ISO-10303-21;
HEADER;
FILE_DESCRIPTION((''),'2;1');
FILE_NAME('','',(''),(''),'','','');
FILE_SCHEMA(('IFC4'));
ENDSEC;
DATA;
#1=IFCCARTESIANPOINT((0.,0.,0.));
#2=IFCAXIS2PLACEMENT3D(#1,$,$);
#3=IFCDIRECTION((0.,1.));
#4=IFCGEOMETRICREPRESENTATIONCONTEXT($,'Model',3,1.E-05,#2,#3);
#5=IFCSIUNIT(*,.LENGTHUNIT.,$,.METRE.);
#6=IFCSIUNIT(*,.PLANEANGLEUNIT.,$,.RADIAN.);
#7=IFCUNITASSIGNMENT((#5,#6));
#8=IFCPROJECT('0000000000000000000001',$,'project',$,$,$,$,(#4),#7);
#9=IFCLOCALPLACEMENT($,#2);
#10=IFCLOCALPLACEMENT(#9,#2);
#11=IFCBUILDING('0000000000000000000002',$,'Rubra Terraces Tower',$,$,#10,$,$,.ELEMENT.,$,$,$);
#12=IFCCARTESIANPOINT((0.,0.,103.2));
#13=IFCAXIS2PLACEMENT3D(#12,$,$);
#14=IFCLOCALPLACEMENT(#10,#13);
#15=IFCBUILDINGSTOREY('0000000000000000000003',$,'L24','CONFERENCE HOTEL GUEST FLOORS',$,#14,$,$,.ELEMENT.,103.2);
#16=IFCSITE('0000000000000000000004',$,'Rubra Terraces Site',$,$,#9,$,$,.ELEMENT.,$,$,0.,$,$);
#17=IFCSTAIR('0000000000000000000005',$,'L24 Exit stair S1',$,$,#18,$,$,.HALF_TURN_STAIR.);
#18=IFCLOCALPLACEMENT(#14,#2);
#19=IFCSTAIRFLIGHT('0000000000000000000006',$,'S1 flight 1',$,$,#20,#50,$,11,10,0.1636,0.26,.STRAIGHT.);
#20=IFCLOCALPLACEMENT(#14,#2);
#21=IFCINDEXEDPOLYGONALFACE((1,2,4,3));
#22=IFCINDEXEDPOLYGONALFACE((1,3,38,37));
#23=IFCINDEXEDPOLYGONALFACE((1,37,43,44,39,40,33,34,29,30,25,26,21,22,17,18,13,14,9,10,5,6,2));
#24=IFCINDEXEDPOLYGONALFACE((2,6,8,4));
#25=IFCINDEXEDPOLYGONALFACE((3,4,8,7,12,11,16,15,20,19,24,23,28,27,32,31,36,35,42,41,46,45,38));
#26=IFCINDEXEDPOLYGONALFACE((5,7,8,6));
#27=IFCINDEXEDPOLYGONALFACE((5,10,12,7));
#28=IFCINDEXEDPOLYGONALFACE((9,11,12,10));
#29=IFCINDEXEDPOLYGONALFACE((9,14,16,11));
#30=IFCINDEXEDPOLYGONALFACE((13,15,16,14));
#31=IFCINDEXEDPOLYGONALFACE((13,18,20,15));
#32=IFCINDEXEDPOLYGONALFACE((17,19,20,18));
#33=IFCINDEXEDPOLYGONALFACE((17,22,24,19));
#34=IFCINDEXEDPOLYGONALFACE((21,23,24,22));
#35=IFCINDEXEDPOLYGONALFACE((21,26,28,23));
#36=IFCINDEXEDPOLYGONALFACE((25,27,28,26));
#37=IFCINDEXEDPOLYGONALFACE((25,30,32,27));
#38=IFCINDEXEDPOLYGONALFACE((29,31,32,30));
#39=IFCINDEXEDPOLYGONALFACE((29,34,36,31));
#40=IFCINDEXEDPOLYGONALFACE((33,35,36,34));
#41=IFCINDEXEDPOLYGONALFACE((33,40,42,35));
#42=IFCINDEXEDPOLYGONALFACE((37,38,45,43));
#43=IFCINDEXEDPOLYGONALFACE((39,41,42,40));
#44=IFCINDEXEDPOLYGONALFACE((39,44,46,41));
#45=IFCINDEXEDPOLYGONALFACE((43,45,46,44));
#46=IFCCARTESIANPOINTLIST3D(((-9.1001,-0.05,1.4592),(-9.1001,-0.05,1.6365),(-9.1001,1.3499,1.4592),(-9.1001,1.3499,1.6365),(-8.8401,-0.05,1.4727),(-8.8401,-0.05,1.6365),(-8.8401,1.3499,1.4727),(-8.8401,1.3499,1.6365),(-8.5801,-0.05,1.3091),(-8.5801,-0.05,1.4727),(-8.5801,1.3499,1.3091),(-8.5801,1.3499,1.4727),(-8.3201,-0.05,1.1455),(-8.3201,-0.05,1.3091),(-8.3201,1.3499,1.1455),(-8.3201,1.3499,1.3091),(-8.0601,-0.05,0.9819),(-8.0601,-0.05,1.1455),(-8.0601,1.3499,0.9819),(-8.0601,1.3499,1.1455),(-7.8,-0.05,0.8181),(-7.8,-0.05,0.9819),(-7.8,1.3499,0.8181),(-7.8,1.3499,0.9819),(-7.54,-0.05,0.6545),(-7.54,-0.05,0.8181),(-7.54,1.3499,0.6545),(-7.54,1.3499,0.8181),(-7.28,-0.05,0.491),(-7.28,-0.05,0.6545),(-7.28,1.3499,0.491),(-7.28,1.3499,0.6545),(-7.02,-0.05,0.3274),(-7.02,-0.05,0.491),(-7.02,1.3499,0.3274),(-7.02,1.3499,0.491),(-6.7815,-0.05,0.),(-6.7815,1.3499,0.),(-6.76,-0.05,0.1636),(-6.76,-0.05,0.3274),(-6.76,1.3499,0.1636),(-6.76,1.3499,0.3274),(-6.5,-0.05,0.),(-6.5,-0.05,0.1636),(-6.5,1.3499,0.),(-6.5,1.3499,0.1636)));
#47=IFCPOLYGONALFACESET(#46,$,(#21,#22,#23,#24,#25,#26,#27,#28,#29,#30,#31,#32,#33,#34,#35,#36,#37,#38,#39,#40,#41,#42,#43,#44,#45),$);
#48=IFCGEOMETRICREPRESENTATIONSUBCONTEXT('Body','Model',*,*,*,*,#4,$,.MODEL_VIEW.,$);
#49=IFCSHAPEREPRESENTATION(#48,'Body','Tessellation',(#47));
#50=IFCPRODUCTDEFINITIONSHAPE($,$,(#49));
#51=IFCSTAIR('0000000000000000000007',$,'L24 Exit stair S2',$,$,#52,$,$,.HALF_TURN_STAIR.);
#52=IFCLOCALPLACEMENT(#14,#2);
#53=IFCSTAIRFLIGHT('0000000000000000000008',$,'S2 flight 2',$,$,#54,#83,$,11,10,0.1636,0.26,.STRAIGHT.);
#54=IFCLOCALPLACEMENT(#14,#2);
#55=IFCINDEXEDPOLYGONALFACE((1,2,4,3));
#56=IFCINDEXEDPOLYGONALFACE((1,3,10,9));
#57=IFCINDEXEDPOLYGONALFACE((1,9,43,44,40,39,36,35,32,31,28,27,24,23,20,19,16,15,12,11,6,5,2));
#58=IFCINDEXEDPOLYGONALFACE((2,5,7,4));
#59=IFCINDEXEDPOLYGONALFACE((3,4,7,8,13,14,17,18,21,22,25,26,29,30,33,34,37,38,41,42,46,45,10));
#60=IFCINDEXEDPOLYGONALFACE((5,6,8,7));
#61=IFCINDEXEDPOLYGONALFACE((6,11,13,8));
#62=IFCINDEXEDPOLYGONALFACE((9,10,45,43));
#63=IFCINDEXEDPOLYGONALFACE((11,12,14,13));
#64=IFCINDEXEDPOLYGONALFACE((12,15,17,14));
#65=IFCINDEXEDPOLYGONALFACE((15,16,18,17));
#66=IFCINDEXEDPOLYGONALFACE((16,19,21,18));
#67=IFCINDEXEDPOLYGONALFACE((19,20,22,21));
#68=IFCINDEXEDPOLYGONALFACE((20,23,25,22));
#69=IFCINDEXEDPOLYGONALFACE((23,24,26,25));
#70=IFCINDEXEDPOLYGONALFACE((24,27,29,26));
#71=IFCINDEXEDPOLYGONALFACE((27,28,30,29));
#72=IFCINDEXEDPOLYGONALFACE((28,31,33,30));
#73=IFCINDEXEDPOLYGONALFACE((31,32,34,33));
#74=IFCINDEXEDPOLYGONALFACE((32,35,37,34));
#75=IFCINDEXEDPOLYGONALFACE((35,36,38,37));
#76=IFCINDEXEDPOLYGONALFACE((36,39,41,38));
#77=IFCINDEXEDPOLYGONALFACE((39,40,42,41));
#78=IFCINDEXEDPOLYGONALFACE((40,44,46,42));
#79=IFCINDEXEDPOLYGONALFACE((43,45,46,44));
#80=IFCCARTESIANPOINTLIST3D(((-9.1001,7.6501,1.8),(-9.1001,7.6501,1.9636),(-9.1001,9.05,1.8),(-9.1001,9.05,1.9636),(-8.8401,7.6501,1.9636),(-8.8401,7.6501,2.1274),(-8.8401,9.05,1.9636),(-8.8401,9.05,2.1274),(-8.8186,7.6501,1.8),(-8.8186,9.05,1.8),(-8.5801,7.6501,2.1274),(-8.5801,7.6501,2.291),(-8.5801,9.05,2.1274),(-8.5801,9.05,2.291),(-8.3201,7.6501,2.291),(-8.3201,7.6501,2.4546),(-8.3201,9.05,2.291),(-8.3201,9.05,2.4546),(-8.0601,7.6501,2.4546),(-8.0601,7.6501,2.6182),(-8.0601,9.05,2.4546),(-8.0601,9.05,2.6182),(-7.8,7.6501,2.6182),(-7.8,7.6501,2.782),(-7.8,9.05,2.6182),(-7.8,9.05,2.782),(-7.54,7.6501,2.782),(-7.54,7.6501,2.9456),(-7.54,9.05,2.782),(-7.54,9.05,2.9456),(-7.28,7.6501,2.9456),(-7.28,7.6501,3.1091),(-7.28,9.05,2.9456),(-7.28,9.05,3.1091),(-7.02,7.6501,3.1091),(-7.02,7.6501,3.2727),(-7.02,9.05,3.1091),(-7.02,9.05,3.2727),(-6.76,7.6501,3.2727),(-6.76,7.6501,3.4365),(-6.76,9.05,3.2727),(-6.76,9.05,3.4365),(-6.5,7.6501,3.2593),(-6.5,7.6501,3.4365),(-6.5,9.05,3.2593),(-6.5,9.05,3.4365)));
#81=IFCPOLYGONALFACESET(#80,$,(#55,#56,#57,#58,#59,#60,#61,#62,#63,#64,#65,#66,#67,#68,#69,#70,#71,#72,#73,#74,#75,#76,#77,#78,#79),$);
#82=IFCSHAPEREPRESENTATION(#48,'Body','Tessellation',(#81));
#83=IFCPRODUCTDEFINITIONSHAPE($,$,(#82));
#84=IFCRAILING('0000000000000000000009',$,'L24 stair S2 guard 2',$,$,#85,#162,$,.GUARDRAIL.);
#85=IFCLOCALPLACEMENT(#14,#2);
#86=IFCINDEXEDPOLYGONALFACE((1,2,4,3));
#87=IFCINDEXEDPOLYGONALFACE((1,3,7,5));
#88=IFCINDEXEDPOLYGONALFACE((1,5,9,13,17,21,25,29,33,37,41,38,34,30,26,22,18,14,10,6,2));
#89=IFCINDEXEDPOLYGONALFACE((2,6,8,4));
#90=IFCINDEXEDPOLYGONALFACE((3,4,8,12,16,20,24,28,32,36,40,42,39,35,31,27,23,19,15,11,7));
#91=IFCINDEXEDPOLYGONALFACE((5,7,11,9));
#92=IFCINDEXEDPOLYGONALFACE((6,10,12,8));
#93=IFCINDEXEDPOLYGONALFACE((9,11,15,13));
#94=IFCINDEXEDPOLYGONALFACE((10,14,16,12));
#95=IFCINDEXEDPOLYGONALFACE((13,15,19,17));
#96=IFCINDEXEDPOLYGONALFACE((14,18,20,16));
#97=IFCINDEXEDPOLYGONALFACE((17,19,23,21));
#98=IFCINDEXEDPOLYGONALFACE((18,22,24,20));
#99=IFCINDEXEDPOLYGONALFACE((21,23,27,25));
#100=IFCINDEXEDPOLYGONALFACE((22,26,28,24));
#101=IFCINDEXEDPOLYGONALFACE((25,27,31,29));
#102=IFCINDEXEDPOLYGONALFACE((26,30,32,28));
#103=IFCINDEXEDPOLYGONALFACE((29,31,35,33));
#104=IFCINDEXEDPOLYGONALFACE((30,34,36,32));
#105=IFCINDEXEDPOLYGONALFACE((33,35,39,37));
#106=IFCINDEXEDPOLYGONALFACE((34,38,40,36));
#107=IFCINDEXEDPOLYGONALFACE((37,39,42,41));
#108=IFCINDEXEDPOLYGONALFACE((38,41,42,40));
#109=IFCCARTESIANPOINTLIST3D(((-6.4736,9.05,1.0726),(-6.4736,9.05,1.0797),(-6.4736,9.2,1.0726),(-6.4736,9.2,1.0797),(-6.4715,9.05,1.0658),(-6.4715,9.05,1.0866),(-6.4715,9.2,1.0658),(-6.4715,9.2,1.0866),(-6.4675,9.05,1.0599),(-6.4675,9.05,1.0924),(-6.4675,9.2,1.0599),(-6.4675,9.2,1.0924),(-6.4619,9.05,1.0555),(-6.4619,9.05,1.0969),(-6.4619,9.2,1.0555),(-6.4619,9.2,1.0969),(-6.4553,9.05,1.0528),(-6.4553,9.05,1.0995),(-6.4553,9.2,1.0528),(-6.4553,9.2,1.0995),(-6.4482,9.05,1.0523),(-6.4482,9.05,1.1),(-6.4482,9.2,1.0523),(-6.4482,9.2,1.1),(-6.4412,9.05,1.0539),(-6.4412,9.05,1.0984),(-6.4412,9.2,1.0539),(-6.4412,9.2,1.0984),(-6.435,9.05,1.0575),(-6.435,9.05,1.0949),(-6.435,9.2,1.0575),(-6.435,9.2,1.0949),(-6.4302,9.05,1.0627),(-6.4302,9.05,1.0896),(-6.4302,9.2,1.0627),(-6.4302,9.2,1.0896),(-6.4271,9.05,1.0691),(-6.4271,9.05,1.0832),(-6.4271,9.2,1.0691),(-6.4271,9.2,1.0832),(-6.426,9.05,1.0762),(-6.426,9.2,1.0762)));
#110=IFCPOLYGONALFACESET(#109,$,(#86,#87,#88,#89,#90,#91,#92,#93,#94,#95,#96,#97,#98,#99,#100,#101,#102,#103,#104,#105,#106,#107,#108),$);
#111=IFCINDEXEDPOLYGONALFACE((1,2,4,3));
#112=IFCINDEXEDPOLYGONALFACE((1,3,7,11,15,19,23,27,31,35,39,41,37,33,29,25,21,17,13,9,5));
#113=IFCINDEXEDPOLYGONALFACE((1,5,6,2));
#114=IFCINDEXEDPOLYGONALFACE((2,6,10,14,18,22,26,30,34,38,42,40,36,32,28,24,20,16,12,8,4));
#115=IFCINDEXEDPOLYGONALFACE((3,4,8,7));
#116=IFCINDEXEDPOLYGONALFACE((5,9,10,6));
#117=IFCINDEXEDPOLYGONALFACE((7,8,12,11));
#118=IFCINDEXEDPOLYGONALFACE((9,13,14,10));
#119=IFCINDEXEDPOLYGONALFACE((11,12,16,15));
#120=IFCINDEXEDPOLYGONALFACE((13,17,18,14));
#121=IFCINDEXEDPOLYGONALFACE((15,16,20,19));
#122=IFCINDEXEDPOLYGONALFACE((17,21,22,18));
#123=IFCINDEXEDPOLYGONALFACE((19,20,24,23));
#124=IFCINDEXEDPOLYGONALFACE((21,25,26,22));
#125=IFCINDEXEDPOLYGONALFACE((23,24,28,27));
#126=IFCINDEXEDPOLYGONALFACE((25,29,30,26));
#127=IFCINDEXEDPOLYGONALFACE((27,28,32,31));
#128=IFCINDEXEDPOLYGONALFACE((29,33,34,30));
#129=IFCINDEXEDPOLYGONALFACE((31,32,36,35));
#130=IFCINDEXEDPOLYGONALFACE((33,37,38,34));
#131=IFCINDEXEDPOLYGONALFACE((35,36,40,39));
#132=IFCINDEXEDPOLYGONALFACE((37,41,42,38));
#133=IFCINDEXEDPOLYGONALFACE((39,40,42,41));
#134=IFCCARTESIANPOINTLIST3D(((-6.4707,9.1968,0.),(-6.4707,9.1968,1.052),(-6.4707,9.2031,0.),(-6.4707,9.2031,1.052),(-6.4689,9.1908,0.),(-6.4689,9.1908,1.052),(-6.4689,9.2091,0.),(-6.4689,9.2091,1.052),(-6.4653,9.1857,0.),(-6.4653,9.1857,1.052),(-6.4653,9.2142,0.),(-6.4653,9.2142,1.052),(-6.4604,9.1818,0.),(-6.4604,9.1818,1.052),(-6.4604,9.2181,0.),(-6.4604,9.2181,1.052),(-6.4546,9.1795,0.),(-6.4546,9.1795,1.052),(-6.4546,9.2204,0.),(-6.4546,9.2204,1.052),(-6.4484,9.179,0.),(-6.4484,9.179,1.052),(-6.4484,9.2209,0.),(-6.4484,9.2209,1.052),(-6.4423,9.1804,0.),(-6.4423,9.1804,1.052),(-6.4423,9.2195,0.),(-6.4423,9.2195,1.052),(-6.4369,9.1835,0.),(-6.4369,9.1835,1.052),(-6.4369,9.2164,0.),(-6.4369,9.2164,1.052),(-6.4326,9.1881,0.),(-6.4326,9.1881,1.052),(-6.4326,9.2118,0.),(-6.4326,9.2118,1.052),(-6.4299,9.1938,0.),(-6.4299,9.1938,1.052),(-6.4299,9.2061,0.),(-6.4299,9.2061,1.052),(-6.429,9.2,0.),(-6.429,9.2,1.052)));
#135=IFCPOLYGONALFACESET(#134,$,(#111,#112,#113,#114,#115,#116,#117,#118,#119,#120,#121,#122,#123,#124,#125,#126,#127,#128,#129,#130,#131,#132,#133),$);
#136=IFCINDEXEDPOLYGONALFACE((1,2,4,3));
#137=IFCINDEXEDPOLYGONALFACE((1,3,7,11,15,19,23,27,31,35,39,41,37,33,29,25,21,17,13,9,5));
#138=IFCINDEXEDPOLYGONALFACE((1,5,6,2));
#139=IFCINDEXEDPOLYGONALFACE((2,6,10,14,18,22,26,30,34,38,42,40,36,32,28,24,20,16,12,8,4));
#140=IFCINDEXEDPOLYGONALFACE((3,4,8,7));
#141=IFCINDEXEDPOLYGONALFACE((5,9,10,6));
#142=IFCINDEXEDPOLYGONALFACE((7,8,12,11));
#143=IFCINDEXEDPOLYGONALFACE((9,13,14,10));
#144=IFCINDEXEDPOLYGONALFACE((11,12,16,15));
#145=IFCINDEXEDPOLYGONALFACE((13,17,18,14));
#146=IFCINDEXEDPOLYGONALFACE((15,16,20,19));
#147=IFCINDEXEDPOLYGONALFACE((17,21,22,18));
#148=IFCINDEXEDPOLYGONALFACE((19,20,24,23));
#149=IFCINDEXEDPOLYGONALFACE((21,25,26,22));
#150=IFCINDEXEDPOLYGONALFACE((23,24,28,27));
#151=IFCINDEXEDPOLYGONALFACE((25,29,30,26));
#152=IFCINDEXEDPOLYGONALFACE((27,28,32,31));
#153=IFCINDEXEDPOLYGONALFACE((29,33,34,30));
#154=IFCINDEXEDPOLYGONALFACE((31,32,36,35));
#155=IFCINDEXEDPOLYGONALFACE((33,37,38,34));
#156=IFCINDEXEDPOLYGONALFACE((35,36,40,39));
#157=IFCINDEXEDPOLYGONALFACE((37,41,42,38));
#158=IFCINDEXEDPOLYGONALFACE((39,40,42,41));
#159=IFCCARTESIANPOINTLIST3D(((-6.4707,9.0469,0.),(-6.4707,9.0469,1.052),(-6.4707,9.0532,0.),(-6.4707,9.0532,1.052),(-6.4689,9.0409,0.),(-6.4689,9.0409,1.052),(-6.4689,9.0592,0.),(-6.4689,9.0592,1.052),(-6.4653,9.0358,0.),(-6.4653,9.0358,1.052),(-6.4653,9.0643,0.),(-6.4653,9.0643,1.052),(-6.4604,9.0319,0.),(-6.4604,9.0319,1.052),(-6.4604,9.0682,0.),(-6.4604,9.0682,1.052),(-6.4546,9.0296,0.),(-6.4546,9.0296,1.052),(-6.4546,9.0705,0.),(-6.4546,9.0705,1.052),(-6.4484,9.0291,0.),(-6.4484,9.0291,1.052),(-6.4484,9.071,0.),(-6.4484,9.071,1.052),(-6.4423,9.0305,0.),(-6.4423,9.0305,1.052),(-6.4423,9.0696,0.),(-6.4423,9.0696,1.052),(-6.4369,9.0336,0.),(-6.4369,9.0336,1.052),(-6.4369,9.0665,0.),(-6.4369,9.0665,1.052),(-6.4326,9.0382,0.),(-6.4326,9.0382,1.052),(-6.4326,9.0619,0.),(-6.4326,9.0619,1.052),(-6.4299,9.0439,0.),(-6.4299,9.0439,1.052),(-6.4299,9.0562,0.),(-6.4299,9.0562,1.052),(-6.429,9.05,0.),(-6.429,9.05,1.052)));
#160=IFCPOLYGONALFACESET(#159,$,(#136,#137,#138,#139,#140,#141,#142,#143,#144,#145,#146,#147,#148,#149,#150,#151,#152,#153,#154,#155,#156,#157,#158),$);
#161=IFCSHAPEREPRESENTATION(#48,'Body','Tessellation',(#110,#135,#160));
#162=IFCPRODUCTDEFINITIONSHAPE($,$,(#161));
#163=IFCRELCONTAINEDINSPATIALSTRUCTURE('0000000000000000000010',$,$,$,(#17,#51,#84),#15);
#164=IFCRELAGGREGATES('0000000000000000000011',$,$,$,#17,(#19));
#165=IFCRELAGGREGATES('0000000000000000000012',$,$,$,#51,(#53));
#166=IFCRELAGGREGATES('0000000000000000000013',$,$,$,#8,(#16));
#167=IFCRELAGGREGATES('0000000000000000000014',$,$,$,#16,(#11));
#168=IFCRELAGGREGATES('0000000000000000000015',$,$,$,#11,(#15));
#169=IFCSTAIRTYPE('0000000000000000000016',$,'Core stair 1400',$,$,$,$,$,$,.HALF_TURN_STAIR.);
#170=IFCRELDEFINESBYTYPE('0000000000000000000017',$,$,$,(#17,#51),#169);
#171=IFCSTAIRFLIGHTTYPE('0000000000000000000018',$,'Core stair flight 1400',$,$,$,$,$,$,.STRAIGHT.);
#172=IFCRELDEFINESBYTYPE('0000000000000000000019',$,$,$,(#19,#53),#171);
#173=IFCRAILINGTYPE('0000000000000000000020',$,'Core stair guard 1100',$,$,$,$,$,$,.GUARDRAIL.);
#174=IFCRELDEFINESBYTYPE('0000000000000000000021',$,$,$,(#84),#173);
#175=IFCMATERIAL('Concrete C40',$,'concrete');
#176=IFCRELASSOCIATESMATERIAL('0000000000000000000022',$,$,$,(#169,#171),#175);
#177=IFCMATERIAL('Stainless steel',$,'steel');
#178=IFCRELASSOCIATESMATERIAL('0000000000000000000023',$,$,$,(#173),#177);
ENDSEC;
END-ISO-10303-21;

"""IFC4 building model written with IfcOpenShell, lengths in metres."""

from ifc_helpers import new_model, si_unit, direction, frame, origin, origin_2d, place, context, subcontext, project, spatial, polyline, circle, outline, extrude, material, type_object, element, aggregate, save


model = new_model("IFC4")

# Units and contexts
model_context = context("Model", 3, precision=1e-05, world=origin(), true_north=direction((0.0, 1.0)))
body_context = subcontext(model_context, "Body", "Model", "MODEL_VIEW")
ifc_project = project(units=[si_unit("LENGTHUNIT", "METRE"), si_unit("PLANEANGLEUNIT", "RADIAN")], contexts=[model_context])

# Site, building, storey
site_placement = place(None, origin())
site = spatial("IfcSite", under=ifc_project, at=site_placement, Name="Rubra Terraces Site", CompositionType="ELEMENT", RefElevation=0.0)
building_placement = place(site_placement, origin())
building = spatial("IfcBuilding", under=site, at=building_placement, Name="Rubra Terraces Tower", CompositionType="ELEMENT")
storey_placement = place(building_placement, frame((0.0, 0.0, 103.2)))
storey = spatial("IfcBuildingStorey", under=building, at=storey_placement, Name="L24", Description="CONFERENCE HOTEL GUEST FLOORS", CompositionType="ELEMENT", Elevation=103.2)

# Shared definitions
ifc_material_1 = material(Name="Concrete C40", Category="concrete")

# Shared definitions
ifc_material_2 = material(Name="Stainless steel", Category="steel")

# Stairs, stair flights
stair_type = type_object("IfcStairType", Name="Core stair 1400", PredefinedType="HALF_TURN_STAIR", material=ifc_material_1)
stair_1_placement = place(storey_placement, origin())
stair_1 = element("IfcStair", 1, at=stair_1_placement, inside=storey, type_object=stair_type, Name="L24 Exit stair S1", PredefinedType="HALF_TURN_STAIR")
stair_flight_type = type_object("IfcStairFlightType", Name="Core stair flight 1400", PredefinedType="STRAIGHT", material=ifc_material_1)
stair_flight_1_placement = place(storey_placement, frame((-6.5, 0.6499, 0.0), z_axis=(0.0, 0.0, 1.0), x_axis=(-1.0, 0.0, 0.0)))
stair_flight_1 = element("IfcStairFlight", 2, at=stair_flight_1_placement, type_object=stair_flight_type, Name="S1 flight 1", NumberOfRisers=11, NumberOfTreads=10, PredefinedType="STRAIGHT", RiserHeight=0.1636, TreadLength=0.26, context=body_context, shape_type="SweptSolid", body=[
    extrude(outline(polyline([(0.0, 0.0), (0.0, 0.1636), (0.26, 0.1636), (0.26, 0.3274), (0.52, 0.3274), (0.52, 0.491), (0.78, 0.491), (0.78, 0.6545), (1.04, 0.6545), (1.04, 0.8181), (1.3, 0.8181), (1.3, 0.9819), (1.5601, 0.9819), (1.5601, 1.1455), (1.8201, 1.1455), (1.8201, 1.3091), (2.0801, 1.3091), (2.0801, 1.4727), (2.3401, 1.4727), (2.3401, 1.6365), (2.6001, 1.6365), (2.6001, 1.8), (2.6001, 1.4592), (0.2815, 0.0), (0.0, 0.0)])), frame((0.0, 0.7, 0.0), z_axis=(0.0, -1.0, 0.0), x_axis=(1.0, 0.0, 0.0)), (0.0, 0.0, 1.0), 1.3999),
])
aggregate(stair_1, [stair_flight_1])
stair_2_placement = place(storey_placement, origin())
stair_2 = element("IfcStair", 3, at=stair_2_placement, inside=storey, type_object=stair_type, Name="L24 Exit stair S2", PredefinedType="HALF_TURN_STAIR")
stair_flight_2_placement = place(storey_placement, frame((-9.1001, 8.3501, 1.8), z_axis=(0.0, 0.0, 1.0), x_axis=(1.0, 0.0, 0.0)))
stair_flight_2 = element("IfcStairFlight", 4, at=stair_flight_2_placement, type_object=stair_flight_type, Name="S2 flight 2", NumberOfRisers=11, NumberOfTreads=10, PredefinedType="STRAIGHT", RiserHeight=0.1636, TreadLength=0.26, context=body_context, shape_type="SweptSolid", body=[
    extrude(outline(polyline([(0.0, 0.0), (0.0, 0.1636), (0.26, 0.1636), (0.26, 0.3274), (0.52, 0.3274), (0.52, 0.491), (0.78, 0.491), (0.78, 0.6545), (1.04, 0.6545), (1.04, 0.8181), (1.3, 0.8181), (1.3, 0.9819), (1.5601, 0.9819), (1.5601, 1.1455), (1.8201, 1.1455), (1.8201, 1.3091), (2.0801, 1.3091), (2.0801, 1.4727), (2.3401, 1.4727), (2.3401, 1.6365), (2.6001, 1.6365), (2.6001, 1.8), (2.6001, 1.4592), (0.2815, 0.0), (0.0, 0.0)])), frame((0.0, 0.7, 0.0), z_axis=(0.0, -1.0, 0.0), x_axis=(1.0, 0.0, 0.0)), (0.0, 0.0, 1.0), 1.3999),
])
aggregate(stair_2, [stair_flight_2])

# Railing
railing_type_1 = type_object("IfcRailingType", Name="Core stair guard 1100", PredefinedType="GUARDRAIL", material=ifc_material_2)
railing_1_placement = place(storey_placement, frame((-6.45, 9.2, 0.0)))
element("IfcRailing", 5, at=railing_1_placement, inside=storey, type_object=railing_type_1, Name="L24 stair S2 guard 2", PredefinedType="GUARDRAIL", context=body_context, shape_type="SweptSolid", body=[
    extrude(circle(Radius=0.0239, at=origin_2d()), frame((0.0, 0.0, 1.0762), z_axis=(0.0, -1.0, 0.0), x_axis=(1.0, 0.0, 0.0)), (0.0, 0.0, 1.0), 0.1499),
    extrude(circle(Radius=0.021, at=origin_2d()), origin(), (0.0, 0.0, 1.0), 1.052),
    extrude(circle(Radius=0.021, at=origin_2d()), frame((0.0, -0.1499, 0.0)), (0.0, 0.0, 1.0), 1.052),
])

save(model, "model.ifc")
